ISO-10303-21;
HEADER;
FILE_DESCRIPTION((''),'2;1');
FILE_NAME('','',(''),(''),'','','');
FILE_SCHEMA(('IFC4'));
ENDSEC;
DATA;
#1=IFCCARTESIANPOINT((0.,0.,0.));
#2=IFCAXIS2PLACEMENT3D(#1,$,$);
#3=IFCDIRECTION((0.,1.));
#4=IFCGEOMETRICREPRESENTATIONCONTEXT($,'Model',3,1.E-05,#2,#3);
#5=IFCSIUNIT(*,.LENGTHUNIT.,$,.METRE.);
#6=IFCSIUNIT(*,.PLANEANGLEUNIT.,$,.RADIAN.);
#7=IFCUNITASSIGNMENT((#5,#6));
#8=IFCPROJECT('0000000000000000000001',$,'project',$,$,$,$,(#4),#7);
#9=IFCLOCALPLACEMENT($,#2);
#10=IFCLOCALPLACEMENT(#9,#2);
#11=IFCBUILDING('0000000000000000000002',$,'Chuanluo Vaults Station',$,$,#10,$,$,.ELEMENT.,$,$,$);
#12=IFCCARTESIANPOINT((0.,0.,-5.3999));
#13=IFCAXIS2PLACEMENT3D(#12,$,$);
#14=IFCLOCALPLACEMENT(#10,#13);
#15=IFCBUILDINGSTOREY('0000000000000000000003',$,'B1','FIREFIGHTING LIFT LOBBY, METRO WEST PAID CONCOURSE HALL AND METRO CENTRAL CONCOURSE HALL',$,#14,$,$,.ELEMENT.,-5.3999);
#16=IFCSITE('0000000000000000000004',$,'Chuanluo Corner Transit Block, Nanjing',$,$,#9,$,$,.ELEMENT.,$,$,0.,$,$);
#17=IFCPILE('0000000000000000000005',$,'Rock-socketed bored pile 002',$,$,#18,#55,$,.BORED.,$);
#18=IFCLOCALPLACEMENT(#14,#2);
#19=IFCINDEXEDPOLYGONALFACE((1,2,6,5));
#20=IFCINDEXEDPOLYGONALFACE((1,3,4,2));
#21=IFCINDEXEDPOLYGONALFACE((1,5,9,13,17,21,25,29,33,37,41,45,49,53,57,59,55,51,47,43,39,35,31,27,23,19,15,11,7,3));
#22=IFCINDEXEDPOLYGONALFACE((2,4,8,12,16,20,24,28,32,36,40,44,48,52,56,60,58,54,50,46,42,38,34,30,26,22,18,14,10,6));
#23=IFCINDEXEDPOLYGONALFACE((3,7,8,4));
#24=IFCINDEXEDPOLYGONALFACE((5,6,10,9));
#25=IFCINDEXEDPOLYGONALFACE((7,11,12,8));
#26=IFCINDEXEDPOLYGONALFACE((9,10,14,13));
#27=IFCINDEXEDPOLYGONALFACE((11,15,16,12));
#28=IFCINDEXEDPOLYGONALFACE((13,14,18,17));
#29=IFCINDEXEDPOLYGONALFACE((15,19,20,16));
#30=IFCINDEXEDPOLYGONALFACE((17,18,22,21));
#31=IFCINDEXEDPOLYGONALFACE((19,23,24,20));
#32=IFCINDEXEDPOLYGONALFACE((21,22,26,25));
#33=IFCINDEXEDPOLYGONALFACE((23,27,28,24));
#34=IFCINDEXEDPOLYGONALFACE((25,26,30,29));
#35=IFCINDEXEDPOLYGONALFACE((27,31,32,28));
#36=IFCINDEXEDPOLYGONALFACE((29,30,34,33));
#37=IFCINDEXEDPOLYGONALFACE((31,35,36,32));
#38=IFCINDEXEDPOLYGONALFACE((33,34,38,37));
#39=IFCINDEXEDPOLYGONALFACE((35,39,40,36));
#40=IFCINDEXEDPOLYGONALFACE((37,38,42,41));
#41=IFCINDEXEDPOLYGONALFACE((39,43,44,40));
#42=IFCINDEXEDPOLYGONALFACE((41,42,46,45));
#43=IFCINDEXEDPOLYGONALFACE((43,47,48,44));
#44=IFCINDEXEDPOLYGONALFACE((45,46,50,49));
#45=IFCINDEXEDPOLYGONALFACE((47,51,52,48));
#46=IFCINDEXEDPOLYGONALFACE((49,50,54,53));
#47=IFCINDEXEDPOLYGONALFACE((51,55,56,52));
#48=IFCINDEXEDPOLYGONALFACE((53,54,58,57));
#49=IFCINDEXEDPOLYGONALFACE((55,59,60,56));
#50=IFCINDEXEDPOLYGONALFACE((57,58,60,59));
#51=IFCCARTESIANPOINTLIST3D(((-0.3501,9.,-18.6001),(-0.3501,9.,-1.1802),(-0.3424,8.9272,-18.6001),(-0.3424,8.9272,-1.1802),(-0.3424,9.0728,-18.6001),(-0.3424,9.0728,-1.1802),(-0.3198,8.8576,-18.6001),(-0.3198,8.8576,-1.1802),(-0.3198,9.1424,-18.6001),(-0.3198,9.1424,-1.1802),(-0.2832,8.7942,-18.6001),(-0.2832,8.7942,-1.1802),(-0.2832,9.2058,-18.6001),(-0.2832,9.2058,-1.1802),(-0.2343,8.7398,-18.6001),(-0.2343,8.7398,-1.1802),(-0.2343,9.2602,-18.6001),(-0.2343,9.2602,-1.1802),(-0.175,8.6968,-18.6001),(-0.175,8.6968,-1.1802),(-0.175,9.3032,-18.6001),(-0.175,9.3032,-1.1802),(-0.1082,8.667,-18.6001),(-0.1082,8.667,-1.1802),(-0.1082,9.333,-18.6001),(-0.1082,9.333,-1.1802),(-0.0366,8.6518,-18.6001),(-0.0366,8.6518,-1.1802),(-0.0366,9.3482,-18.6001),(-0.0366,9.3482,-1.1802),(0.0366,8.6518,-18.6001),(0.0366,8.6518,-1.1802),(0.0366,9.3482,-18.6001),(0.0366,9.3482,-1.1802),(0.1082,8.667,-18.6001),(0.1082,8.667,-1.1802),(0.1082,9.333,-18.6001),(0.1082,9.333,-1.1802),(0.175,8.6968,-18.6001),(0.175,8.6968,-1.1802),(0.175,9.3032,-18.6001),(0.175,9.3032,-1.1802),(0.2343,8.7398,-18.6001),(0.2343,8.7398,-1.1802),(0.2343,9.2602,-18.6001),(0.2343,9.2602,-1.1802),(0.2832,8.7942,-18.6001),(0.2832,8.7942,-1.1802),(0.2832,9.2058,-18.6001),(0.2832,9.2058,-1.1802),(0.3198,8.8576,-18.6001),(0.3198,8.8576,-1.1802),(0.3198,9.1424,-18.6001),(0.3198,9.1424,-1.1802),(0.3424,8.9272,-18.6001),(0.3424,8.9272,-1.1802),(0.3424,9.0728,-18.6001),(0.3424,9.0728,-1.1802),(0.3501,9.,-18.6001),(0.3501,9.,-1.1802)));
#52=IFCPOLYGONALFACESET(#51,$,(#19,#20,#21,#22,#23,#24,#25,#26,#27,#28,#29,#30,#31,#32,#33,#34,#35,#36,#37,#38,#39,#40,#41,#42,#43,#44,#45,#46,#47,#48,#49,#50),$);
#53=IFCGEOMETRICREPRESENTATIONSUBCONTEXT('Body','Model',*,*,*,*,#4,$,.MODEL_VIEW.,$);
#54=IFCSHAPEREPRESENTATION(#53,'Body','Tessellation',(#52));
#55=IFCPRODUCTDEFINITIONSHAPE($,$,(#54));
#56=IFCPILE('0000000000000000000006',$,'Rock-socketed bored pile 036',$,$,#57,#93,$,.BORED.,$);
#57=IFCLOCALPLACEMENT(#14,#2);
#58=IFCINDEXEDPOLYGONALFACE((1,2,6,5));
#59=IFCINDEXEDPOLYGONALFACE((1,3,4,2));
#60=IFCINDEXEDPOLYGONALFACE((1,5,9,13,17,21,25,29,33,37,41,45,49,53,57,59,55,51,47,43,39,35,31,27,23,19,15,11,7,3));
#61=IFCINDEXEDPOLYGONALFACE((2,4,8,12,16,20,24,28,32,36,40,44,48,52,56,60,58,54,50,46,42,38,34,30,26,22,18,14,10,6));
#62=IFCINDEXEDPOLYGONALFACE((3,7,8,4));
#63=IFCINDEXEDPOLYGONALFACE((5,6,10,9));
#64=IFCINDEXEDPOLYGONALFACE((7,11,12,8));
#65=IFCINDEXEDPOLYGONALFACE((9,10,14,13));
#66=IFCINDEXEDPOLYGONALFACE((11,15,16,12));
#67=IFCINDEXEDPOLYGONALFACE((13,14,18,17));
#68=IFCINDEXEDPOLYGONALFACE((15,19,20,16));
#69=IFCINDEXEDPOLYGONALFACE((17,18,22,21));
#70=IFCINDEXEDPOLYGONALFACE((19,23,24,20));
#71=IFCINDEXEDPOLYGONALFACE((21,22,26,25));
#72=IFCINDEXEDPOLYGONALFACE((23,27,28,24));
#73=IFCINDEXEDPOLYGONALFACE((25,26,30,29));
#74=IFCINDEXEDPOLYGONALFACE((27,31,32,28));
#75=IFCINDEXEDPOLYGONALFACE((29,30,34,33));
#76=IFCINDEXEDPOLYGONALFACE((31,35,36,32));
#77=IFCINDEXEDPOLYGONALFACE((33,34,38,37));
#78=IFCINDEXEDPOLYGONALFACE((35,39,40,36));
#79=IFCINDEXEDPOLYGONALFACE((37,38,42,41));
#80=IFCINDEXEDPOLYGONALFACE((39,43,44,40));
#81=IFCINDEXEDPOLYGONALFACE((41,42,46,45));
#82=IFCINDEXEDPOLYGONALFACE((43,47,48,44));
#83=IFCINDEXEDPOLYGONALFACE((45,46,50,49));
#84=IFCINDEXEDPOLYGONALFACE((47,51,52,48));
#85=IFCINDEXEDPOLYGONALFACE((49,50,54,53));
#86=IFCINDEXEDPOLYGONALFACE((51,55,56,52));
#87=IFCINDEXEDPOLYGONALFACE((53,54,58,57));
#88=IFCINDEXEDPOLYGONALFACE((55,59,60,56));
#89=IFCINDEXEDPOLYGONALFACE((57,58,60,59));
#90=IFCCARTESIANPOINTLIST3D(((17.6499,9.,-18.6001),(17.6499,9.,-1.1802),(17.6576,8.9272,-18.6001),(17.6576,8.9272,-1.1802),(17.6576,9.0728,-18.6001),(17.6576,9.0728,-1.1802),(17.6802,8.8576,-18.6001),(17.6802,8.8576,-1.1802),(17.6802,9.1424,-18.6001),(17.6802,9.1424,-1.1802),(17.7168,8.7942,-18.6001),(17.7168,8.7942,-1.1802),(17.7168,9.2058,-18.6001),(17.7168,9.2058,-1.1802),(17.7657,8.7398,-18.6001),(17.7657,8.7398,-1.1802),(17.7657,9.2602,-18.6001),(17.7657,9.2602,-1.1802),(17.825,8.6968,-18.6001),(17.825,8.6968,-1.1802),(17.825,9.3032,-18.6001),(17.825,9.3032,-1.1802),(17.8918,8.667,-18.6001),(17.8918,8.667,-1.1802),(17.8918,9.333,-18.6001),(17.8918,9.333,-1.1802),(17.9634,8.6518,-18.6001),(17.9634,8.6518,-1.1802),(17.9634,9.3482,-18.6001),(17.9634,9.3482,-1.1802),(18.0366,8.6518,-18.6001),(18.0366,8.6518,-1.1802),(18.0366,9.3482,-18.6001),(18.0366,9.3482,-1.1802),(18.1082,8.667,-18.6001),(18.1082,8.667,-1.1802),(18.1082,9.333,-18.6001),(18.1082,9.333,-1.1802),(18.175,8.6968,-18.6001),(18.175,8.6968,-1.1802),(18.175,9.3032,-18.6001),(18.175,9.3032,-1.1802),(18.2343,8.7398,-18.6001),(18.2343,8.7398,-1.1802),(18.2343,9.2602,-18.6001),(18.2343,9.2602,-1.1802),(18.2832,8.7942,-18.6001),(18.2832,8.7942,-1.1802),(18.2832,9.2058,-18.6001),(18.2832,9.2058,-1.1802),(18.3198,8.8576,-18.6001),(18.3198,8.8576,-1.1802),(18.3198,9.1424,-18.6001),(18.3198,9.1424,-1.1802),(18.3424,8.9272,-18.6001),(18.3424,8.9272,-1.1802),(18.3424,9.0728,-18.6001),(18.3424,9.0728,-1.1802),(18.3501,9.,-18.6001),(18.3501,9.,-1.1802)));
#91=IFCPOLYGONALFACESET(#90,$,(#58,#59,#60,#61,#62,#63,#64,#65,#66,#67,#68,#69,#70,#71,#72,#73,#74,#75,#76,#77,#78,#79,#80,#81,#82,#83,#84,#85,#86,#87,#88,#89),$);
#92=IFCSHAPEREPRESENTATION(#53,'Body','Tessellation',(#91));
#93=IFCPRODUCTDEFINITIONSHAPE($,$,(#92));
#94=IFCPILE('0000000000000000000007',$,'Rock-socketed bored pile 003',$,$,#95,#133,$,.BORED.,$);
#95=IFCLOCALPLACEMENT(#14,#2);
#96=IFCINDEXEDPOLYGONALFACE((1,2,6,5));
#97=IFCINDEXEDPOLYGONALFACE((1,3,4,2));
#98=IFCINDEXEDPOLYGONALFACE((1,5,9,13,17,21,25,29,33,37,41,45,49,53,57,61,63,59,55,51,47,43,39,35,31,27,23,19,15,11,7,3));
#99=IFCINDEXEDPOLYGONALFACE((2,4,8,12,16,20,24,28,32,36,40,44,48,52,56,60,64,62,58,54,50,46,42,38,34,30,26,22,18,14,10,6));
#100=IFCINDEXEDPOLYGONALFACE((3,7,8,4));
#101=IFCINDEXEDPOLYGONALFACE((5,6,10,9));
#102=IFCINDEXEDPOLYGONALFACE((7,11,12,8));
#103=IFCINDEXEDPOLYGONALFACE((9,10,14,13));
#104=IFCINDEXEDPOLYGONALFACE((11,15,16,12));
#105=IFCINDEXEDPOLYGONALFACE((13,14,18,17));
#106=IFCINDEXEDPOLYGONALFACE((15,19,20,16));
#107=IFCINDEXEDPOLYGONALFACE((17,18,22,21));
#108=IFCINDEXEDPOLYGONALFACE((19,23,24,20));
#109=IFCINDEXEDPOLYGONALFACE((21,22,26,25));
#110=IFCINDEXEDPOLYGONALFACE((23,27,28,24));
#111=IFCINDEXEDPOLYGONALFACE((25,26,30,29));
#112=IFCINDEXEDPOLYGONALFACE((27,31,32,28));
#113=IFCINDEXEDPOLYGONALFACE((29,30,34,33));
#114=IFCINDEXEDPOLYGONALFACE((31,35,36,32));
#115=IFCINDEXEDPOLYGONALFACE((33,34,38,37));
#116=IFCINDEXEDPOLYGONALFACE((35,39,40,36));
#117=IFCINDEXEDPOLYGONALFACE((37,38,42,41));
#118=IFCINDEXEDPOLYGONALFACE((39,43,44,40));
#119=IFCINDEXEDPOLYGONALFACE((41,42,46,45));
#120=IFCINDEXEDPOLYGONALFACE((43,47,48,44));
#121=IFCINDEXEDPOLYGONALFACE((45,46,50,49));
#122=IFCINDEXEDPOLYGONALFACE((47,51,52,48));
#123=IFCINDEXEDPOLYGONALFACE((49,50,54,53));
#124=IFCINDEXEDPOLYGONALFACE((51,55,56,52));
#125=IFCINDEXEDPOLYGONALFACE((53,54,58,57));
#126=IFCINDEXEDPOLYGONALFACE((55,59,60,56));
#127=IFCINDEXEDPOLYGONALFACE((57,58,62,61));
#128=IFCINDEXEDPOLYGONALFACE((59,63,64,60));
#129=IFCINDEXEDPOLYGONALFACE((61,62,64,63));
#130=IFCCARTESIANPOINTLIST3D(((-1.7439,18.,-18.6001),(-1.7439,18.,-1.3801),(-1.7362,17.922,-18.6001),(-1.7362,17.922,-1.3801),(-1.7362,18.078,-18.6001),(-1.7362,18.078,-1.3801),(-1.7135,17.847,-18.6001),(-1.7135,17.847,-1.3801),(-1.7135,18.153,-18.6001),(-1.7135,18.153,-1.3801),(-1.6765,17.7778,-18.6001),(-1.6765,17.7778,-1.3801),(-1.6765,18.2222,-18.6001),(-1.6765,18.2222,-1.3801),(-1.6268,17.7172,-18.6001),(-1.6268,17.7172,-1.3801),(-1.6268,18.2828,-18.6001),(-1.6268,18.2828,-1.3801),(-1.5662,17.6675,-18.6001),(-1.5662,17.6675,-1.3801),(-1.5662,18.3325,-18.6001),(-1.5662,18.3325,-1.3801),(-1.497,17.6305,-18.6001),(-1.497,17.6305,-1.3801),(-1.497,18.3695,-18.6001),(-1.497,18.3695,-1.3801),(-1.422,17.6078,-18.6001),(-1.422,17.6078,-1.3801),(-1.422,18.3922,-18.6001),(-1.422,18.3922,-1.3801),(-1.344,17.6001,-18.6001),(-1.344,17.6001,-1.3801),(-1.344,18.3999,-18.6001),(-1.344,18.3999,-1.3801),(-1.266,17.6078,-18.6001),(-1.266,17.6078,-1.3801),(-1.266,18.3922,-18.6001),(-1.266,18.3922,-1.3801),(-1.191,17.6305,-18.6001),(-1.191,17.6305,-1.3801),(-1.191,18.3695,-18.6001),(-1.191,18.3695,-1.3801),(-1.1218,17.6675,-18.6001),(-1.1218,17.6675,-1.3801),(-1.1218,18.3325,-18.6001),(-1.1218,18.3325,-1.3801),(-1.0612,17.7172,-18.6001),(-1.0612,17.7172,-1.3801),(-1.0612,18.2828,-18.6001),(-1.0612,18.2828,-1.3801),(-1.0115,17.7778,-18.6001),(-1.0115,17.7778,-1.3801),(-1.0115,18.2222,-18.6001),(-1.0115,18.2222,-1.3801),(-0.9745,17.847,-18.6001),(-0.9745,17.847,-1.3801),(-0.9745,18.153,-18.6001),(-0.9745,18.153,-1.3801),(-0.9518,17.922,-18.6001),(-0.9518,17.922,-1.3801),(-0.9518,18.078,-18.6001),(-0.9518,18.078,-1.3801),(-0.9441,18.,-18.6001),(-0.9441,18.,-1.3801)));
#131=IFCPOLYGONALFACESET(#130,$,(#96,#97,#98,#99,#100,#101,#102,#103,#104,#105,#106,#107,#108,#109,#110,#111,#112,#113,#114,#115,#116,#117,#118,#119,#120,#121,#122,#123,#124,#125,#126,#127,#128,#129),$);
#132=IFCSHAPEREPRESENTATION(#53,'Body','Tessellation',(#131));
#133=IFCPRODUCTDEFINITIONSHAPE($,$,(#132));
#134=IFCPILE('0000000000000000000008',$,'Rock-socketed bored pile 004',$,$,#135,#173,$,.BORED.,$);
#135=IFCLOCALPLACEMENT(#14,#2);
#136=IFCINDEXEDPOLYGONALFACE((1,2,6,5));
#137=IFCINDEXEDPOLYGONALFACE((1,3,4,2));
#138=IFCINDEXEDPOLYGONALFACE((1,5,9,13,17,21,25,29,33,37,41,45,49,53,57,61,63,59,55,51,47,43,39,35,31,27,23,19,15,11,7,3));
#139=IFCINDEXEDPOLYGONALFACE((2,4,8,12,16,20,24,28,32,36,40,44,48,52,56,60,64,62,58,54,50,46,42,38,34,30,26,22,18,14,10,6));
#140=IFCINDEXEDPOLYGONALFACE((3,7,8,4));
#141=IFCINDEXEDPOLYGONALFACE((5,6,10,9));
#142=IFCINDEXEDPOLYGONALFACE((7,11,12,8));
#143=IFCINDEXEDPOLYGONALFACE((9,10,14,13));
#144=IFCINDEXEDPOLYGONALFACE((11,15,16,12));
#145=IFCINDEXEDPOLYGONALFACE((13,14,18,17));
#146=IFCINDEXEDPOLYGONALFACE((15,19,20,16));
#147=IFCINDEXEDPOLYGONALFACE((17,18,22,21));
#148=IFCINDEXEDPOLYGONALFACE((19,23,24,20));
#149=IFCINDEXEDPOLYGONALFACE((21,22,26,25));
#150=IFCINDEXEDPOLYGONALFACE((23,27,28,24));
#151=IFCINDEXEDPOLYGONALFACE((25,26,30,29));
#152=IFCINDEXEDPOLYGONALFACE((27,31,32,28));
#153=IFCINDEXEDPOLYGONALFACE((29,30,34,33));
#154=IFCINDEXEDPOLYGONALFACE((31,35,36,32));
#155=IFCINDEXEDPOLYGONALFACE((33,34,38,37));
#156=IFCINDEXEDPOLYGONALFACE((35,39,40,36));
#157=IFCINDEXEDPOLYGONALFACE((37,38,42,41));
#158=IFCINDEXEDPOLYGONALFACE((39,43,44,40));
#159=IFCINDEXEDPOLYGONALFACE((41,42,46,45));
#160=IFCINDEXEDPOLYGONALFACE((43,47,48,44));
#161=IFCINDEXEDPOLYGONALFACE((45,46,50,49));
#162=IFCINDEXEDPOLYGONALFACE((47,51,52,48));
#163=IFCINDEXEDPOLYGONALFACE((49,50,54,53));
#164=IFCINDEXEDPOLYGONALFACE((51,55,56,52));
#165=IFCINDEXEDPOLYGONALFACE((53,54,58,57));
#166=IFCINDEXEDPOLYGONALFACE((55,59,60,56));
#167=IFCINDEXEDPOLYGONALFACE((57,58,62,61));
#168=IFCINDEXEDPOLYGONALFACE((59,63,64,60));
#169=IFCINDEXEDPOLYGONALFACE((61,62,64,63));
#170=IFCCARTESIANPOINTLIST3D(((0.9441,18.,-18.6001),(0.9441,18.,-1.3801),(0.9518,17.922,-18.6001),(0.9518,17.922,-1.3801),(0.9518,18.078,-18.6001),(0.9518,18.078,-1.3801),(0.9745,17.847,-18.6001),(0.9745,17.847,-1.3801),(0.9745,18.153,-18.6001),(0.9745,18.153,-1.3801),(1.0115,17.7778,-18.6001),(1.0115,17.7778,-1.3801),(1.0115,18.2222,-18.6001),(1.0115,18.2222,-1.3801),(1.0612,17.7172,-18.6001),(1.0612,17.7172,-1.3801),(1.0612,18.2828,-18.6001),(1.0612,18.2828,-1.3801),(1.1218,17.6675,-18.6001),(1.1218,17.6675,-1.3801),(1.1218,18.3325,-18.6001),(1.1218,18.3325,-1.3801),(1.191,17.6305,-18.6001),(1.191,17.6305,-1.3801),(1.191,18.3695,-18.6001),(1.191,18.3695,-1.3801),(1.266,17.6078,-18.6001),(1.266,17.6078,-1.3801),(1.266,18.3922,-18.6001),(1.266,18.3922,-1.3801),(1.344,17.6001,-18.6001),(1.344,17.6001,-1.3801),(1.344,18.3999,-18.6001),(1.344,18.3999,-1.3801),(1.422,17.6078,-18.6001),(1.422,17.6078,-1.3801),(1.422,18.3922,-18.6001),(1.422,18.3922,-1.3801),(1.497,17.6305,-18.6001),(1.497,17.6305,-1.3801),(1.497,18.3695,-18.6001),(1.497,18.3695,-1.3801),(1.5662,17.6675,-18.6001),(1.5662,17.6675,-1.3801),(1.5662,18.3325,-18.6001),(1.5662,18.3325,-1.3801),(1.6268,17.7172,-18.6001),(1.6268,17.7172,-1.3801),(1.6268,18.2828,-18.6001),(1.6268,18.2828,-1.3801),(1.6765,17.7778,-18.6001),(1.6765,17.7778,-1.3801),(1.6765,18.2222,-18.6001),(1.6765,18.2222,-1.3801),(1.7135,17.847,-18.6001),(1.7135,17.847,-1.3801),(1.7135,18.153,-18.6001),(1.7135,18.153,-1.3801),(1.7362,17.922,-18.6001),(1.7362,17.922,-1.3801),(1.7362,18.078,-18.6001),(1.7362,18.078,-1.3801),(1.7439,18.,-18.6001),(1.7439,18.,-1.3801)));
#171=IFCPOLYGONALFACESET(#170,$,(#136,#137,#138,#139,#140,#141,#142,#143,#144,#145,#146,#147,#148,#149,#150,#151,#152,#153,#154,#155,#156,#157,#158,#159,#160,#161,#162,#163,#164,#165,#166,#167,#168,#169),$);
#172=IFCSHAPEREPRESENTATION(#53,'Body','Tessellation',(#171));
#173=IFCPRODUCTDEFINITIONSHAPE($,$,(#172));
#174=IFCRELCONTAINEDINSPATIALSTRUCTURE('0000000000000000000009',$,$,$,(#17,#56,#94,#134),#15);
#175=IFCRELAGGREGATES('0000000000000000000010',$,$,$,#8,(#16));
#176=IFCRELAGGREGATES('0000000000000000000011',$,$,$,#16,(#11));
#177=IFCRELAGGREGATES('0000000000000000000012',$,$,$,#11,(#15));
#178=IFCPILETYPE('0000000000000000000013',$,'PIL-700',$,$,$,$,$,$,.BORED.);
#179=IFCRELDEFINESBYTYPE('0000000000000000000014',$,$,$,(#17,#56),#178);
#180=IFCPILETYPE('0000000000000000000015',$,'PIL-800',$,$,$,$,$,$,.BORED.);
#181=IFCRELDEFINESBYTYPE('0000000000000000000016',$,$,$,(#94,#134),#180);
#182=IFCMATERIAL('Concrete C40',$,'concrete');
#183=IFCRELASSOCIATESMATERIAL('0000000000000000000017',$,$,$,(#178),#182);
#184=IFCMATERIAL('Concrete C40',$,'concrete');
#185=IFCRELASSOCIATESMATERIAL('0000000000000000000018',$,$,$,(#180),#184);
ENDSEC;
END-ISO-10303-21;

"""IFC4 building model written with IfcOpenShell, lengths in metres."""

from ifc_helpers import new_model, si_unit, direction, frame, origin, origin_2d, place, context, subcontext, project, spatial, circle, extrude, material, material_profile, profile_set, type_object, element, save


model = new_model("IFC4")

# Units and contexts
model_context = context("Model", 3, precision=1e-05, world=origin(), true_north=direction((0.0, 1.0)))
body_context = subcontext(model_context, "Body", "Model", "MODEL_VIEW")
ifc_project = project(units=[si_unit("LENGTHUNIT", "METRE"), si_unit("PLANEANGLEUNIT", "RADIAN")], contexts=[model_context])

# Site, building, storey
site_placement = place(None, origin())
site = spatial("IfcSite", under=ifc_project, at=site_placement, Name="Chuanluo Corner Transit Block, Nanjing", CompositionType="ELEMENT", RefElevation=0.0)
building_placement = place(site_placement, origin())
building = spatial("IfcBuilding", under=site, at=building_placement, Name="Chuanluo Vaults Station", CompositionType="ELEMENT")
storey_placement = place(building_placement, frame((0.0, 0.0, -5.3999)))
storey = spatial("IfcBuildingStorey", under=building, at=storey_placement, Name="B1", Description="FIREFIGHTING LIFT LOBBY, METRO WEST PAID CONCOURSE HALL AND METRO CENTRAL CONCOURSE HALL", CompositionType="ELEMENT", Elevation=-5.3999)

# Piles
ifc_material_1 = material(Name="Concrete C40", Category="concrete")
ifc_material_profile_1 = material_profile(ifc_material_1, circle(Radius=0.3501, at=origin_2d()))
ifc_profile_set_1 = profile_set([ifc_material_profile_1], Name="Concrete C40")
pile_type_1 = type_object("IfcPileType", Name="PIL-700", PredefinedType="BORED", material=ifc_profile_set_1)
for number, where, z_axis, x_axis, name in (
    (1, (0.0, 9.0, -1.1802), (0.0, 0.0, -1.0), (1.0, 0.0, 0.0), "Rock-socketed bored pile 002"),
    (2, (18.0, 9.0, -1.1802), (0.0, 0.0, -1.0), (1.0, 0.0, 0.0), "Rock-socketed bored pile 036"),
):
    element("IfcPile", number, at=place(storey_placement, frame(where, z_axis=z_axis, x_axis=x_axis)), inside=storey, type_object=pile_type_1, Name=name, PredefinedType="BORED", context=body_context, shape_type="SweptSolid", body=[
        extrude(circle(Radius=0.3501, at=origin_2d()), origin(), (0.0, 0.0, 1.0), 17.4199),
    ])
ifc_material_2 = material(Name="Concrete C40", Category="concrete")
ifc_material_profile_2 = material_profile(ifc_material_2, circle(Radius=0.3999, at=origin_2d()))
ifc_profile_set_2 = profile_set([ifc_material_profile_2], Name="Concrete C40")
pile_type_2 = type_object("IfcPileType", Name="PIL-800", PredefinedType="BORED", material=ifc_profile_set_2)
for number, where, z_axis, x_axis, name in (
    (3, (-1.344, 18.0, -1.3801), (0.0, 0.0, -1.0), (1.0, 0.0, 0.0), "Rock-socketed bored pile 003"),
    (4, (1.344, 18.0, -1.3801), (0.0, 0.0, -1.0), (1.0, 0.0, 0.0), "Rock-socketed bored pile 004"),
):
    element("IfcPile", number, at=place(storey_placement, frame(where, z_axis=z_axis, x_axis=x_axis)), inside=storey, type_object=pile_type_2, Name=name, PredefinedType="BORED", context=body_context, shape_type="SweptSolid", body=[
        extrude(circle(Radius=0.3999, at=origin_2d()), origin(), (0.0, 0.0, 1.0), 17.22),
    ])

save(model, "model.ifc")
